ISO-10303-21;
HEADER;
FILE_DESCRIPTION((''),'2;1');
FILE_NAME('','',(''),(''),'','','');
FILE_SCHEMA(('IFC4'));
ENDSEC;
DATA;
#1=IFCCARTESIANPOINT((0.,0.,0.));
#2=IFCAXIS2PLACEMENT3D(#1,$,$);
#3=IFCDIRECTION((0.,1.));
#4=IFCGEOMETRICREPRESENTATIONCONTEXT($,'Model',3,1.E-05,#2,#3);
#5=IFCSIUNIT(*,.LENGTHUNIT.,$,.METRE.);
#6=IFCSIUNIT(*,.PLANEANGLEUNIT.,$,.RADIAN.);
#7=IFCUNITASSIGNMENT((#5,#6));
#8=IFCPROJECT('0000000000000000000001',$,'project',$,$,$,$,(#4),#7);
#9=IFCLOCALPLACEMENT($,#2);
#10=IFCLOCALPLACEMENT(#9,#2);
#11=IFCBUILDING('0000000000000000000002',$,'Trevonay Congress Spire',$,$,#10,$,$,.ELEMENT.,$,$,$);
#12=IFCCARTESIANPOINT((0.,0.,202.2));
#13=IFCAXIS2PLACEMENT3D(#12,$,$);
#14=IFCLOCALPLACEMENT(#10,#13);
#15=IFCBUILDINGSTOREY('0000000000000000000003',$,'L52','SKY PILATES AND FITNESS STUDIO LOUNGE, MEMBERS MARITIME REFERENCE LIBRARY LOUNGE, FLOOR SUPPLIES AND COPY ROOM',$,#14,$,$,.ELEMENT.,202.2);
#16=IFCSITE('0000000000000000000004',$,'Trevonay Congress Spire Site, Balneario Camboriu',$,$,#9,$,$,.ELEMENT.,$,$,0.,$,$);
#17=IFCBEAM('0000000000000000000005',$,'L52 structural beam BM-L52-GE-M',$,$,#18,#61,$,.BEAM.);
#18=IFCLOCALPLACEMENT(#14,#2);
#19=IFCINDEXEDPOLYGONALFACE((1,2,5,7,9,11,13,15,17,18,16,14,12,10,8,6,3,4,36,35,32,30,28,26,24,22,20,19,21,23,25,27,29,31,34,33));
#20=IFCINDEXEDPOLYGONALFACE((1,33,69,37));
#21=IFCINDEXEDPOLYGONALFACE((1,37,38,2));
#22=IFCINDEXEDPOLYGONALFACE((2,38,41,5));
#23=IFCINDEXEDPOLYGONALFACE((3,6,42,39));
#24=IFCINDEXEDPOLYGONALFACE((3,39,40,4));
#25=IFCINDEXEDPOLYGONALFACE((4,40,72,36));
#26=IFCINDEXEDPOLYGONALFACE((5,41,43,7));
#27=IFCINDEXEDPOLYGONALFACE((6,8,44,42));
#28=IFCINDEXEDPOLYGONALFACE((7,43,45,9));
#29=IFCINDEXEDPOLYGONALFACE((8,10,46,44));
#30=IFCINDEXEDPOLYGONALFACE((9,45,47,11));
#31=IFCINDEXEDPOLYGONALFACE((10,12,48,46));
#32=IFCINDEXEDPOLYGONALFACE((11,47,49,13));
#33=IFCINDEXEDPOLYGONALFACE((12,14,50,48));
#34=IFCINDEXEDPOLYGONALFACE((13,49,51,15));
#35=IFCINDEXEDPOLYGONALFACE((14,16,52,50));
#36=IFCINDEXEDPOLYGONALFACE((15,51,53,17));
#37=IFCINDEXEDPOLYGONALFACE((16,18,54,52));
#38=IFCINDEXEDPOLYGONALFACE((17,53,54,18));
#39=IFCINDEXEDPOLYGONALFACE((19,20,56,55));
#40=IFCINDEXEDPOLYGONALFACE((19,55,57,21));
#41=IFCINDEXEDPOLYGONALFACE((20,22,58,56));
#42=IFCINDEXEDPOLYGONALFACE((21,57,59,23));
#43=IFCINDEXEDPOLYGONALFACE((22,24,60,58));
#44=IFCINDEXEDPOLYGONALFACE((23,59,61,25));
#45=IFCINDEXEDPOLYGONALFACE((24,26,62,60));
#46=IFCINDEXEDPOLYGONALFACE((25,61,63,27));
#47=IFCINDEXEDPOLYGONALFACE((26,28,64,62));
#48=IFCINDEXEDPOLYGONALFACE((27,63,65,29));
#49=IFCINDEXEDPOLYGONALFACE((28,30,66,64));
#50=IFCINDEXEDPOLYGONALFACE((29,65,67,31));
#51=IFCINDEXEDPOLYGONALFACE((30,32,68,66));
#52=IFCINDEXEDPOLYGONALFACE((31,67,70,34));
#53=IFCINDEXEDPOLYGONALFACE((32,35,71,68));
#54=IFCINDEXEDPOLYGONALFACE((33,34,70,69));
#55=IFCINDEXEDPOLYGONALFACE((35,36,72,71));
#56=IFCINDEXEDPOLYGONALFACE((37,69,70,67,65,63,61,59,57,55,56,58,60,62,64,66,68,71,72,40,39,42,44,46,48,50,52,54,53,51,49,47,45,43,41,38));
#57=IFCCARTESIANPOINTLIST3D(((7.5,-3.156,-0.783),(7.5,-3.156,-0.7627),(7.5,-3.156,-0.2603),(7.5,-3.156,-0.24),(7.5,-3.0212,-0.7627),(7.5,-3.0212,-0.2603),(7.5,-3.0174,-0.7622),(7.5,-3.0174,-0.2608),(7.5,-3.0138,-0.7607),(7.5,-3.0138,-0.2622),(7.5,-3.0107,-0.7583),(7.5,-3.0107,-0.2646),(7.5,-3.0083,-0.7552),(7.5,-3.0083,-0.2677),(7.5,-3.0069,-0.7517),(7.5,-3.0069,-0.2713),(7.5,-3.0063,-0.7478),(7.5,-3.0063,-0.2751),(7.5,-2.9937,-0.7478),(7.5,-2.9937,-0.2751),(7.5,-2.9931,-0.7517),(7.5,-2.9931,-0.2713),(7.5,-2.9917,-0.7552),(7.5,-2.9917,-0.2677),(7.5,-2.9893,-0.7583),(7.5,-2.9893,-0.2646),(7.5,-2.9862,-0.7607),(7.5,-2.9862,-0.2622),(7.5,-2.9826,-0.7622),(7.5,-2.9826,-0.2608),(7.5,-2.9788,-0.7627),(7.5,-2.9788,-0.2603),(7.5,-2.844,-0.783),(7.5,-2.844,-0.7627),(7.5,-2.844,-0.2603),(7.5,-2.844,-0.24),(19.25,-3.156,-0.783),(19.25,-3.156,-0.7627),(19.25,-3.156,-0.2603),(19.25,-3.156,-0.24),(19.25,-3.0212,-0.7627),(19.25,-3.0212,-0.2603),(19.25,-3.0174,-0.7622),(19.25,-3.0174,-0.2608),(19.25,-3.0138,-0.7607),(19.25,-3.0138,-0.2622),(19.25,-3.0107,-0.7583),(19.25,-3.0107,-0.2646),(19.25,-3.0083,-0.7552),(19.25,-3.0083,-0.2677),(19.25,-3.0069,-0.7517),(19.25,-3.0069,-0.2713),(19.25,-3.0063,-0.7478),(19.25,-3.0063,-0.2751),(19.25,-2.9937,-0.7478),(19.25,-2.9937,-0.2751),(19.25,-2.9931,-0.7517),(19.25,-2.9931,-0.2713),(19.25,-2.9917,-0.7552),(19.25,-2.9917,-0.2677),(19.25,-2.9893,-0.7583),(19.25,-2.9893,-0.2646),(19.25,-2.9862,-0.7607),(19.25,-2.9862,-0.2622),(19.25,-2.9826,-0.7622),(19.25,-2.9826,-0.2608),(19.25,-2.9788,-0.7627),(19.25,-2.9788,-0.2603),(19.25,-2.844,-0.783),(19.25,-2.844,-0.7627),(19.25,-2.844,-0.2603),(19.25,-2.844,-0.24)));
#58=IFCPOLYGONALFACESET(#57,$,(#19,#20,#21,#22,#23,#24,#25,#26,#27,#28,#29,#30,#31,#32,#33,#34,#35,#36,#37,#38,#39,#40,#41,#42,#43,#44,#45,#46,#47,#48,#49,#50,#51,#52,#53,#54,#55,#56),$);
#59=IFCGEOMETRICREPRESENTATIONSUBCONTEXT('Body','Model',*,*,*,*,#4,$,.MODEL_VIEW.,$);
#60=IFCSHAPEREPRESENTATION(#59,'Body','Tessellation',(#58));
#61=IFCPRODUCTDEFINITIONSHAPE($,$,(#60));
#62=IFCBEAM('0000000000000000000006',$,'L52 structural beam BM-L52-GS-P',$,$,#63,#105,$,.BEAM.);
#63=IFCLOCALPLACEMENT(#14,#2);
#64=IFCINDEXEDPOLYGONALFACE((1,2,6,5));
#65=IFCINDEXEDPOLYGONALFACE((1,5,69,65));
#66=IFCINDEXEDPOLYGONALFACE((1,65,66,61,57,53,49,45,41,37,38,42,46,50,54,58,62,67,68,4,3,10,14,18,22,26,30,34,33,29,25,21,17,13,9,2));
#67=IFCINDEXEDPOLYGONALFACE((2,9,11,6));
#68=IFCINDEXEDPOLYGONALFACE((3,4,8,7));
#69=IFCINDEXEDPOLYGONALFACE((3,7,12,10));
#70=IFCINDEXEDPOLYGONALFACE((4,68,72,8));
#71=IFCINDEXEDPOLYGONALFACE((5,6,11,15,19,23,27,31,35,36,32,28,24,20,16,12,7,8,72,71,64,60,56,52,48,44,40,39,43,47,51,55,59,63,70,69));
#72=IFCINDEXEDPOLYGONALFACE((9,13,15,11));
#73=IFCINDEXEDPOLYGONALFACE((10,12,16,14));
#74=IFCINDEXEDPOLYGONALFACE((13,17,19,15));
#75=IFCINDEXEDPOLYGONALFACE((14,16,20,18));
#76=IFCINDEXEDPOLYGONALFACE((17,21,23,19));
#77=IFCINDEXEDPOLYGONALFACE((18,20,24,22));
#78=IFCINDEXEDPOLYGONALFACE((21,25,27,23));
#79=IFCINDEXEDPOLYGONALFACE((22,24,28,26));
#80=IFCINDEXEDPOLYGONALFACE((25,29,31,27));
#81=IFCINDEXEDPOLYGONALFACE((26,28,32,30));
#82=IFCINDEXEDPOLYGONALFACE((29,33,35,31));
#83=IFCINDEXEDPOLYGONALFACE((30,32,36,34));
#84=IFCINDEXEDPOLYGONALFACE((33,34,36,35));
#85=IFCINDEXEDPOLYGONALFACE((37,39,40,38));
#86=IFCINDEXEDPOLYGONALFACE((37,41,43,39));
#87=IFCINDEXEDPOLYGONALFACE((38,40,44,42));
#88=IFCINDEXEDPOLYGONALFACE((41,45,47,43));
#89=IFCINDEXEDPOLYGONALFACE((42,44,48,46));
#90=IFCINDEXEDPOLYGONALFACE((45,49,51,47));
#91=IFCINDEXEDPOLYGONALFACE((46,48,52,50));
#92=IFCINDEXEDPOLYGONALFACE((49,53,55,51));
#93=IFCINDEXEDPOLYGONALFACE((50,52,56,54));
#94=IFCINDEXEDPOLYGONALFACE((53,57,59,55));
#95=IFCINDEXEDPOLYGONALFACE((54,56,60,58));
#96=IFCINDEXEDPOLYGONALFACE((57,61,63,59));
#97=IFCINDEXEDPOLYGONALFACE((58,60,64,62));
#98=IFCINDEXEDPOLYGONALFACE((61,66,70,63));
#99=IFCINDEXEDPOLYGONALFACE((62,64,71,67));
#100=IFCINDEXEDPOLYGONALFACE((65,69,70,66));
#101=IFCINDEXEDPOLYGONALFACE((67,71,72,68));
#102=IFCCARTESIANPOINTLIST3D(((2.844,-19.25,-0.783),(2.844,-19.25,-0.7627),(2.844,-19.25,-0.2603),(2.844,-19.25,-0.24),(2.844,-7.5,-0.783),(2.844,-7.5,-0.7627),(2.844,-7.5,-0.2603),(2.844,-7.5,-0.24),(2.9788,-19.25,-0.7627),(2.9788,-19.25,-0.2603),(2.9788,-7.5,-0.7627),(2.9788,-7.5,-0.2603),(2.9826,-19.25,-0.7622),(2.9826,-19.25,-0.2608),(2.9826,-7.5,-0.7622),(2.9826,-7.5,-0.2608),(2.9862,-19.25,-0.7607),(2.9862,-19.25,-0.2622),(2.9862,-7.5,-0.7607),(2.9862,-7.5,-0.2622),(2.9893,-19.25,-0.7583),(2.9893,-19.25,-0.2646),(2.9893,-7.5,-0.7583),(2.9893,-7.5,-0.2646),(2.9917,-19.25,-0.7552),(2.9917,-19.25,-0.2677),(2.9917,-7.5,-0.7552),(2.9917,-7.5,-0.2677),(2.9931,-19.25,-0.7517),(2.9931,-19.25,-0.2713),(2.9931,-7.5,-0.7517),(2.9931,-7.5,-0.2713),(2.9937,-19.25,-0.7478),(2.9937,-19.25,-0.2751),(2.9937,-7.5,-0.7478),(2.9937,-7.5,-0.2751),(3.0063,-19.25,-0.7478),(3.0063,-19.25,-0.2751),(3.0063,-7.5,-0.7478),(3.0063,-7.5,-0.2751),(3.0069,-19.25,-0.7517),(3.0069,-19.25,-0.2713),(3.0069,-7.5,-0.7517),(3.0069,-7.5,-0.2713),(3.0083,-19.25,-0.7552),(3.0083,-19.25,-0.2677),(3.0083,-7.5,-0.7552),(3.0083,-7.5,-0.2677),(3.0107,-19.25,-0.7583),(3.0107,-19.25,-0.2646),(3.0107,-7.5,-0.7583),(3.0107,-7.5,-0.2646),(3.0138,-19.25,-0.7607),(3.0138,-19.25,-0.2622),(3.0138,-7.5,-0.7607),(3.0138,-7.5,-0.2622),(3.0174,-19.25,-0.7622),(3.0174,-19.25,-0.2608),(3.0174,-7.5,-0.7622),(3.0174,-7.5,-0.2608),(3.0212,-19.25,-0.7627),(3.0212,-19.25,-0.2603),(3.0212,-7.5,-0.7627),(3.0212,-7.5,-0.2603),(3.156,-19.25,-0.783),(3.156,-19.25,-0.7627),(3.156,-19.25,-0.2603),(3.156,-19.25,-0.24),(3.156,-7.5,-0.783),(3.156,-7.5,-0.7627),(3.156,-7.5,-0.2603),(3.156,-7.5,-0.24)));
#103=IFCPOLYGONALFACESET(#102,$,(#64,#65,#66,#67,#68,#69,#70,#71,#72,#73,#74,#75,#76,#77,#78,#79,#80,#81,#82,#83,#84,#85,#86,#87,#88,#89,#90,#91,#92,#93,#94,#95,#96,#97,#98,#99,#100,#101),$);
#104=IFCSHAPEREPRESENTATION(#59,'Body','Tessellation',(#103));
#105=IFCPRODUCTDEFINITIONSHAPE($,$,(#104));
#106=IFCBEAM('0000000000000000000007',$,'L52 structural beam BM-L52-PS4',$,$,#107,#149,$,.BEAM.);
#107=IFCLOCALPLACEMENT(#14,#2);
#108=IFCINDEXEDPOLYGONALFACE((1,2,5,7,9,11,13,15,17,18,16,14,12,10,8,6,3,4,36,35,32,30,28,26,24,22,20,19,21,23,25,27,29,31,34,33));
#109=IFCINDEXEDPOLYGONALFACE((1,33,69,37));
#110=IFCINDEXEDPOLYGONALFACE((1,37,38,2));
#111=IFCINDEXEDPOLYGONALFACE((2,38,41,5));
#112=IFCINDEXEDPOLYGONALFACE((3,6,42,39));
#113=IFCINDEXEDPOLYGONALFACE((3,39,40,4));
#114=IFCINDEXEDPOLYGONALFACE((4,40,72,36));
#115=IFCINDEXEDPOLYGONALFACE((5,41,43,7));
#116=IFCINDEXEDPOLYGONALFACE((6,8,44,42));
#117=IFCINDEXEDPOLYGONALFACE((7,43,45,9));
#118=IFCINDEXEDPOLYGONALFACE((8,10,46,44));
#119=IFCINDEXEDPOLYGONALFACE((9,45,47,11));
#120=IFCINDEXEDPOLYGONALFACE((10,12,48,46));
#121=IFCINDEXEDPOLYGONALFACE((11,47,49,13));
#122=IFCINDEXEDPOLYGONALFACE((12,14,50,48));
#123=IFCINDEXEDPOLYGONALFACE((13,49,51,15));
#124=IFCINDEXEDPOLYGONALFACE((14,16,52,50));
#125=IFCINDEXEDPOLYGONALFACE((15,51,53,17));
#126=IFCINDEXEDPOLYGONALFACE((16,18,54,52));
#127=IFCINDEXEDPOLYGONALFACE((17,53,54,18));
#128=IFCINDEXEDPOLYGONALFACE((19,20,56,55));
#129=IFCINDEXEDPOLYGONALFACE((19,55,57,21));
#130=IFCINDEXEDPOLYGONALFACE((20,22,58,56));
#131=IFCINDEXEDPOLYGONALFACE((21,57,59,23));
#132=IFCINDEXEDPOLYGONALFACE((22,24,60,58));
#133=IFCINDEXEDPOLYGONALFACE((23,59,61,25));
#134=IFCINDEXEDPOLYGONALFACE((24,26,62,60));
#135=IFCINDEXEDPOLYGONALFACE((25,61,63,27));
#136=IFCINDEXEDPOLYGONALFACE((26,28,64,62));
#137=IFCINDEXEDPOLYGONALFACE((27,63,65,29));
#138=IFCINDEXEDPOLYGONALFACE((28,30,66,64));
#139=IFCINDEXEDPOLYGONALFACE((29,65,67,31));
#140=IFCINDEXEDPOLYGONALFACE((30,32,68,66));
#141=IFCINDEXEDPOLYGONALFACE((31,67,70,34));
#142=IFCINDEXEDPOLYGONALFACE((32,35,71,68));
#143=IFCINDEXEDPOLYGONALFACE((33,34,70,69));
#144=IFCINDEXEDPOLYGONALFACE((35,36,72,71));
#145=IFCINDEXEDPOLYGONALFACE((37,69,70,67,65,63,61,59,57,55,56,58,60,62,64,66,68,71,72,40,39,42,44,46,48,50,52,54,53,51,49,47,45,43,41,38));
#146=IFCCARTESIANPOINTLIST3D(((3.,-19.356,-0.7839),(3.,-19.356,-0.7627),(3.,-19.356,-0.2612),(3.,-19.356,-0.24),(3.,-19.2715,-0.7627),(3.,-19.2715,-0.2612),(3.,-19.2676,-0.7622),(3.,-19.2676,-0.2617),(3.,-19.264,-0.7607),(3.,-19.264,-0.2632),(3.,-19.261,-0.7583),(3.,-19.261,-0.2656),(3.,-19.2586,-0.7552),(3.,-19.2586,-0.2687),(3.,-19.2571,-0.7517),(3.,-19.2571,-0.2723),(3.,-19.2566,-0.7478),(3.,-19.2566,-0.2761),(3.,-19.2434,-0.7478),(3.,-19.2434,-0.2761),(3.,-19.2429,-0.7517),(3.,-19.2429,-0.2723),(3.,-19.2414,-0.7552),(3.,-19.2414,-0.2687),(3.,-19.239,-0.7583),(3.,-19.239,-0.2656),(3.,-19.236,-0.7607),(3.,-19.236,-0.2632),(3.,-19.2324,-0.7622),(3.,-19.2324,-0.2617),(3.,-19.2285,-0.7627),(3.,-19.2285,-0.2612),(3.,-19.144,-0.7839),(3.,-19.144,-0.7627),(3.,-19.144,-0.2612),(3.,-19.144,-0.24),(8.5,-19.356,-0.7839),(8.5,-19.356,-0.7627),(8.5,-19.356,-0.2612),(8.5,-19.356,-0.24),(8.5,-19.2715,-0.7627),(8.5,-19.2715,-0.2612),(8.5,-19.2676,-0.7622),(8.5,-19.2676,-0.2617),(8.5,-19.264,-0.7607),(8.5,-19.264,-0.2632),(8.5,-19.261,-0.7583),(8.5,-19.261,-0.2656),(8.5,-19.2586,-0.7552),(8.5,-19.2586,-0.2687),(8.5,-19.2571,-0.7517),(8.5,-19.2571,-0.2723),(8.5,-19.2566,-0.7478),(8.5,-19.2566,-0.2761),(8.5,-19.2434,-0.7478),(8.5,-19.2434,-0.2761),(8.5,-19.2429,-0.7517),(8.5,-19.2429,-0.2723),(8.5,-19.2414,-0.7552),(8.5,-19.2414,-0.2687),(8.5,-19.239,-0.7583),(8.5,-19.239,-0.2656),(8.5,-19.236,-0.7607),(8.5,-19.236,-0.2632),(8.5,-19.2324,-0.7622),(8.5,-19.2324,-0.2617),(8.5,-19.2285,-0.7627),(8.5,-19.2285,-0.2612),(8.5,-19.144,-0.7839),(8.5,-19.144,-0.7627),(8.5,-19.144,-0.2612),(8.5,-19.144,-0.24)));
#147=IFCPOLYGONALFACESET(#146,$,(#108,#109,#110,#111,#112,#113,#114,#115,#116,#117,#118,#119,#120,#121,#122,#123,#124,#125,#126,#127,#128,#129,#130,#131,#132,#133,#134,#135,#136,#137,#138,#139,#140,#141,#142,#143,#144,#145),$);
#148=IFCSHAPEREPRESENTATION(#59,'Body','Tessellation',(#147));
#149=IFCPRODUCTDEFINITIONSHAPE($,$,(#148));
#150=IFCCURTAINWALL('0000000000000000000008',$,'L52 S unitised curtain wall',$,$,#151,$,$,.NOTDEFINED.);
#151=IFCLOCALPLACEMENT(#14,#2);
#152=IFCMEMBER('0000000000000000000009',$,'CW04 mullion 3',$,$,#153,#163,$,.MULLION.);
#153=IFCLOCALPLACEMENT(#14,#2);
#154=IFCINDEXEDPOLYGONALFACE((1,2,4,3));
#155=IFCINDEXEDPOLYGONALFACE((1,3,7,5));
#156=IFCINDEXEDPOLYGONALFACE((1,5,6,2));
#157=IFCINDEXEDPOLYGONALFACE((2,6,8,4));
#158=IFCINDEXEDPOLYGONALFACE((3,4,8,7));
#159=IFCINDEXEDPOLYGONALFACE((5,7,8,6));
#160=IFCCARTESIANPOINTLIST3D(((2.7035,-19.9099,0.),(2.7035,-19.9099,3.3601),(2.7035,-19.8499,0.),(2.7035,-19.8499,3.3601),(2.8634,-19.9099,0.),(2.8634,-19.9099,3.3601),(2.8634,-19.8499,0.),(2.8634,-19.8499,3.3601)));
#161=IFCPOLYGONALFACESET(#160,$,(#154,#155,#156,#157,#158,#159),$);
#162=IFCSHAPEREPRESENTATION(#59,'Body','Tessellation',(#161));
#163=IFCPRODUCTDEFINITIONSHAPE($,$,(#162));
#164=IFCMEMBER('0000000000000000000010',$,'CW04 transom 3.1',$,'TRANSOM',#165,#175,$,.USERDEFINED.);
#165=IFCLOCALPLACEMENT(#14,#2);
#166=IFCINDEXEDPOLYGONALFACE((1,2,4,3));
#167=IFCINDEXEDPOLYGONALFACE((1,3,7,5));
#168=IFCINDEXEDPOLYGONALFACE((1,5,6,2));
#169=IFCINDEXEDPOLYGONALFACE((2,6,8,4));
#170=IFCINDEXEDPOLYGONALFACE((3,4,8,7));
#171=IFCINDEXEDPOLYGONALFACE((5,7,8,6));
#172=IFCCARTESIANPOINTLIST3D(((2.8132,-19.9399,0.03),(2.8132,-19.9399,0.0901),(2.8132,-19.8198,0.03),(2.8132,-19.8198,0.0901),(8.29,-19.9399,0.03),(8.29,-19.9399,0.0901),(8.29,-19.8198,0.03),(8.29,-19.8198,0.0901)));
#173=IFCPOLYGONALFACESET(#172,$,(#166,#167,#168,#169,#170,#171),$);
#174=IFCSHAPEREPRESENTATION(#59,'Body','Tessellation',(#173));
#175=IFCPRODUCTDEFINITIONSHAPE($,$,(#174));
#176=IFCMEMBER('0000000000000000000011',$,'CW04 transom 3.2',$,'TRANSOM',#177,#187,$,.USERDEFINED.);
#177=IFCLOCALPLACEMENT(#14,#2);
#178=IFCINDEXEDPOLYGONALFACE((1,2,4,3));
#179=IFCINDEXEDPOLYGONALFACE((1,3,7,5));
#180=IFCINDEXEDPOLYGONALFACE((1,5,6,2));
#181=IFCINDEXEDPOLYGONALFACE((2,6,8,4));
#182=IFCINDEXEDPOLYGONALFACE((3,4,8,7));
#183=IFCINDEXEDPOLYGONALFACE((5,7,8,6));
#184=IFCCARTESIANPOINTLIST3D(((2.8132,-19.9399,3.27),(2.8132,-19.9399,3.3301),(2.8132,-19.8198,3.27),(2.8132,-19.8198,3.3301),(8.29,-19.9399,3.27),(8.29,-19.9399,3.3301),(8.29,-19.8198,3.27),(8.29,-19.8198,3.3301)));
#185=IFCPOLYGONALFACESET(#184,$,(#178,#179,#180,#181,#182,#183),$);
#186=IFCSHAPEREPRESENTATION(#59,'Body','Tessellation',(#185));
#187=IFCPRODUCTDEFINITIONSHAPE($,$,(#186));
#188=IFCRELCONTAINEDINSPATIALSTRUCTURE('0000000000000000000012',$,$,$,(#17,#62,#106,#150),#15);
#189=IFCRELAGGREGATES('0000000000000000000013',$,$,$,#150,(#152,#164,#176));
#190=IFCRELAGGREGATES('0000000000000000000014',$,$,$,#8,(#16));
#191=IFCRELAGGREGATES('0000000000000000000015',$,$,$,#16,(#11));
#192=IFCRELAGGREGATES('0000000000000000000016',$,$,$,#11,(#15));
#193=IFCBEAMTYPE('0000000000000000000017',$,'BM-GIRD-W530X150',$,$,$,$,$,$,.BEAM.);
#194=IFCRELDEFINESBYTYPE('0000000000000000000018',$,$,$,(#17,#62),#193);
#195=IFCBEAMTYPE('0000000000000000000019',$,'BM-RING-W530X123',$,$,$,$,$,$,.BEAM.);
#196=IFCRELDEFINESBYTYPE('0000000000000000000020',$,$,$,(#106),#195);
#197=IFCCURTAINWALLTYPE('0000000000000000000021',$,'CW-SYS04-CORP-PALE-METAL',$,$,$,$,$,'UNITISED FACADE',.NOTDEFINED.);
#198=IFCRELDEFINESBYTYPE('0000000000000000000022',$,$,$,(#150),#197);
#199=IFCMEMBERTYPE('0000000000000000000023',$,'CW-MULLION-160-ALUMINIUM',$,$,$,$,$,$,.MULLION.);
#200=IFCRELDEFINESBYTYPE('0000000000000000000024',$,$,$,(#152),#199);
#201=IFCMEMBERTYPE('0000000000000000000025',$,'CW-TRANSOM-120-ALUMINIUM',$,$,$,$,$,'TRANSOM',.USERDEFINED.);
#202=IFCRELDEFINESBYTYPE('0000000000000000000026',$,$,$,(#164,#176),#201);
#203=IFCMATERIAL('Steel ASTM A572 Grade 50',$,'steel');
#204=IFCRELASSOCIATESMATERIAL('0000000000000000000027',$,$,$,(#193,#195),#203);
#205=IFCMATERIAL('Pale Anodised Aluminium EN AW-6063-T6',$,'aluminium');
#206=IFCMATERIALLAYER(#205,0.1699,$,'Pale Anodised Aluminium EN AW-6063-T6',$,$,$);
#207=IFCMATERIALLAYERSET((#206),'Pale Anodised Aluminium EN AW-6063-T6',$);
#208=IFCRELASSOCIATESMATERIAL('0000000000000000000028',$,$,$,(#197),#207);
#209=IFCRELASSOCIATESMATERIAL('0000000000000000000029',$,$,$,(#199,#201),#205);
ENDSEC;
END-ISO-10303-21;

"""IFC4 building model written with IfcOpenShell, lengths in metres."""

from ifc_helpers import new_model, si_unit, direction, frame, origin, origin_2d, place, context, subcontext, project, spatial, rectangle, i_section, extrude, material, layer, layer_set, material_profile, profile_set, type_object, element, aggregate, save


model = new_model("IFC4")

# Units and contexts
model_context = context("Model", 3, precision=1e-05, world=origin(), true_north=direction((0.0, 1.0)))
body_context = subcontext(model_context, "Body", "Model", "MODEL_VIEW")
ifc_project = project(units=[si_unit("LENGTHUNIT", "METRE"), si_unit("PLANEANGLEUNIT", "RADIAN")], contexts=[model_context])

# Site, building, storey
site_placement = place(None, origin())
site = spatial("IfcSite", under=ifc_project, at=site_placement, Name="Trevonay Congress Spire Site, Balneario Camboriu", CompositionType="ELEMENT", RefElevation=0.0)
building_placement = place(site_placement, origin())
building = spatial("IfcBuilding", under=site, at=building_placement, Name="Trevonay Congress Spire", CompositionType="ELEMENT")
storey_placement = place(building_placement, frame((0.0, 0.0, 202.2)))
storey = spatial("IfcBuildingStorey", under=building, at=storey_placement, Name="L52", Description="SKY PILATES AND FITNESS STUDIO LOUNGE, MEMBERS MARITIME REFERENCE LIBRARY LOUNGE, FLOOR SUPPLIES AND COPY ROOM", CompositionType="ELEMENT", Elevation=202.2)

# Shared definitions
ifc_material_1 = material(Name="Steel ASTM A572 Grade 50", Category="steel")

# Beams
ifc_material_profile_1 = material_profile(ifc_material_1, i_section(OverallWidth=0.312, OverallDepth=0.543, WebThickness=0.0127, FlangeThickness=0.0203, FilletRadius=0.0149, at=origin_2d()), Name="W530x150")
ifc_profile_set_1 = profile_set([ifc_material_profile_1], Name="Steel ASTM A572 Grade 50")
beam_type_1 = type_object("IfcBeamType", Name="BM-GIRD-W530X150", PredefinedType="BEAM", material=ifc_profile_set_1)
for number, where, z_axis, x_axis, name in (
    (1, (7.5, -3.0, -0.5115), (1.0, 0.0, 0.0), (0.0, 1.0, 0.0), "L52 structural beam BM-L52-GE-M"),
    (2, (3.0, -7.5, -0.5115), (0.0, -1.0, 0.0), (1.0, 0.0, 0.0), "L52 structural beam BM-L52-GS-P"),
):
    element("IfcBeam", number, at=place(storey_placement, frame(where, z_axis=z_axis, x_axis=x_axis)), inside=storey, type_object=beam_type_1, Name=name, PredefinedType="BEAM", context=body_context, shape_type="SweptSolid", body=[
        extrude(i_section(OverallWidth=0.312, OverallDepth=0.543, WebThickness=0.0127, FlangeThickness=0.0203, FilletRadius=0.0149, at=origin_2d()), origin(), (0.0, 0.0, 1.0), 11.75),
    ])
ifc_material_profile_2 = material_profile(ifc_material_1, i_section(OverallWidth=0.2119, OverallDepth=0.5439, WebThickness=0.0132, FlangeThickness=0.0212, FilletRadius=0.0149, at=origin_2d()), Name="W530x123")
ifc_profile_set_2 = profile_set([ifc_material_profile_2], Name="Steel ASTM A572 Grade 50")
beam_type_2 = type_object("IfcBeamType", Name="BM-RING-W530X123", PredefinedType="BEAM", material=ifc_profile_set_2)
beam_1_placement = place(storey_placement, frame((3.0, -19.25, -0.512), z_axis=(1.0, 0.0, 0.0), x_axis=(0.0, 1.0, 0.0)))
element("IfcBeam", 3, at=beam_1_placement, inside=storey, type_object=beam_type_2, Name="L52 structural beam BM-L52-PS4", PredefinedType="BEAM", context=body_context, shape_type="SweptSolid", body=[
    extrude(i_section(OverallWidth=0.2119, OverallDepth=0.5439, WebThickness=0.0132, FlangeThickness=0.0212, FilletRadius=0.0149, at=origin_2d()), origin(), (0.0, 0.0, 1.0), 5.5),
])

# Curtain wall, members
ifc_material_2 = material(Name="Pale Anodised Aluminium EN AW-6063-T6", Category="aluminium")
ifc_layer_1 = layer(ifc_material_2, 0.1699, Name="Pale Anodised Aluminium EN AW-6063-T6")
ifc_layer_set_1 = layer_set([ifc_layer_1], Name="Pale Anodised Aluminium EN AW-6063-T6")
curtain_wall_type = type_object("IfcCurtainWallType", Name="CW-SYS04-CORP-PALE-METAL", ElementType="UNITISED FACADE", PredefinedType="NOTDEFINED", material=ifc_layer_set_1)
curtain_wall_placement = place(storey_placement, origin())
curtain_wall = element("IfcCurtainWall", 4, at=curtain_wall_placement, inside=storey, type_object=curtain_wall_type, Name="L52 S unitised curtain wall", PredefinedType="NOTDEFINED")
ifc_material_profile_3 = material_profile(ifc_material_2, rectangle(XDim=0.0601, YDim=0.1599, at=origin_2d()), Name="CW-MULLION-160-ALUMINIUM")
ifc_profile_set_3 = profile_set([ifc_material_profile_3], Name="Pale Anodised Aluminium EN AW-6063-T6")
member_type_1 = type_object("IfcMemberType", Name="CW-MULLION-160-ALUMINIUM", PredefinedType="MULLION", material=ifc_profile_set_3)
member_1_placement = place(storey_placement, frame((2.7834, -19.8799, 0.0), z_axis=(0.0, 0.0, 1.0), x_axis=(0.0, 1.0, 0.0)))
member_1 = element("IfcMember", 5, at=member_1_placement, type_object=member_type_1, Name="CW04 mullion 3", PredefinedType="MULLION", context=body_context, shape_type="SweptSolid", body=[
    extrude(rectangle(XDim=0.0601, YDim=0.1599, at=origin_2d()), origin(), (0.0, 0.0, 1.0), 3.3601),
])
ifc_material_profile_4 = material_profile(ifc_material_2, rectangle(XDim=0.1201, YDim=0.0601, at=origin_2d()), Name="CW-TRANSOM-120-ALUMINIUM")
ifc_profile_set_4 = profile_set([ifc_material_profile_4], Name="Pale Anodised Aluminium EN AW-6063-T6")
member_type_2 = type_object("IfcMemberType", Name="CW-TRANSOM-120-ALUMINIUM", ElementType="TRANSOM", PredefinedType="USERDEFINED", material=ifc_profile_set_4)
member_2_placement = place(storey_placement, frame((2.8132, -19.8799, 0.0601), z_axis=(1.0, 0.0, 0.0), x_axis=(0.0, 1.0, 0.0)))
member_2 = element("IfcMember", 6, at=member_2_placement, type_object=member_type_2, Name="CW04 transom 3.1", ObjectType="TRANSOM", PredefinedType="USERDEFINED", context=body_context, shape_type="SweptSolid", body=[
    extrude(rectangle(XDim=0.1201, YDim=0.0601, at=origin_2d()), origin(), (0.0, 0.0, 1.0), 5.4768),
])
member_3_placement = place(storey_placement, frame((2.8132, -19.8799, 3.3), z_axis=(1.0, 0.0, 0.0), x_axis=(0.0, 1.0, 0.0)))
member_3 = element("IfcMember", 7, at=member_3_placement, type_object=member_type_2, Name="CW04 transom 3.2", ObjectType="TRANSOM", PredefinedType="USERDEFINED", context=body_context, shape_type="SweptSolid", body=[
    extrude(rectangle(XDim=0.1201, YDim=0.0601, at=origin_2d()), origin(), (0.0, 0.0, 1.0), 5.4768),
])

aggregate(curtain_wall, [member_1, member_2, member_3])

save(model, "model.ifc")
